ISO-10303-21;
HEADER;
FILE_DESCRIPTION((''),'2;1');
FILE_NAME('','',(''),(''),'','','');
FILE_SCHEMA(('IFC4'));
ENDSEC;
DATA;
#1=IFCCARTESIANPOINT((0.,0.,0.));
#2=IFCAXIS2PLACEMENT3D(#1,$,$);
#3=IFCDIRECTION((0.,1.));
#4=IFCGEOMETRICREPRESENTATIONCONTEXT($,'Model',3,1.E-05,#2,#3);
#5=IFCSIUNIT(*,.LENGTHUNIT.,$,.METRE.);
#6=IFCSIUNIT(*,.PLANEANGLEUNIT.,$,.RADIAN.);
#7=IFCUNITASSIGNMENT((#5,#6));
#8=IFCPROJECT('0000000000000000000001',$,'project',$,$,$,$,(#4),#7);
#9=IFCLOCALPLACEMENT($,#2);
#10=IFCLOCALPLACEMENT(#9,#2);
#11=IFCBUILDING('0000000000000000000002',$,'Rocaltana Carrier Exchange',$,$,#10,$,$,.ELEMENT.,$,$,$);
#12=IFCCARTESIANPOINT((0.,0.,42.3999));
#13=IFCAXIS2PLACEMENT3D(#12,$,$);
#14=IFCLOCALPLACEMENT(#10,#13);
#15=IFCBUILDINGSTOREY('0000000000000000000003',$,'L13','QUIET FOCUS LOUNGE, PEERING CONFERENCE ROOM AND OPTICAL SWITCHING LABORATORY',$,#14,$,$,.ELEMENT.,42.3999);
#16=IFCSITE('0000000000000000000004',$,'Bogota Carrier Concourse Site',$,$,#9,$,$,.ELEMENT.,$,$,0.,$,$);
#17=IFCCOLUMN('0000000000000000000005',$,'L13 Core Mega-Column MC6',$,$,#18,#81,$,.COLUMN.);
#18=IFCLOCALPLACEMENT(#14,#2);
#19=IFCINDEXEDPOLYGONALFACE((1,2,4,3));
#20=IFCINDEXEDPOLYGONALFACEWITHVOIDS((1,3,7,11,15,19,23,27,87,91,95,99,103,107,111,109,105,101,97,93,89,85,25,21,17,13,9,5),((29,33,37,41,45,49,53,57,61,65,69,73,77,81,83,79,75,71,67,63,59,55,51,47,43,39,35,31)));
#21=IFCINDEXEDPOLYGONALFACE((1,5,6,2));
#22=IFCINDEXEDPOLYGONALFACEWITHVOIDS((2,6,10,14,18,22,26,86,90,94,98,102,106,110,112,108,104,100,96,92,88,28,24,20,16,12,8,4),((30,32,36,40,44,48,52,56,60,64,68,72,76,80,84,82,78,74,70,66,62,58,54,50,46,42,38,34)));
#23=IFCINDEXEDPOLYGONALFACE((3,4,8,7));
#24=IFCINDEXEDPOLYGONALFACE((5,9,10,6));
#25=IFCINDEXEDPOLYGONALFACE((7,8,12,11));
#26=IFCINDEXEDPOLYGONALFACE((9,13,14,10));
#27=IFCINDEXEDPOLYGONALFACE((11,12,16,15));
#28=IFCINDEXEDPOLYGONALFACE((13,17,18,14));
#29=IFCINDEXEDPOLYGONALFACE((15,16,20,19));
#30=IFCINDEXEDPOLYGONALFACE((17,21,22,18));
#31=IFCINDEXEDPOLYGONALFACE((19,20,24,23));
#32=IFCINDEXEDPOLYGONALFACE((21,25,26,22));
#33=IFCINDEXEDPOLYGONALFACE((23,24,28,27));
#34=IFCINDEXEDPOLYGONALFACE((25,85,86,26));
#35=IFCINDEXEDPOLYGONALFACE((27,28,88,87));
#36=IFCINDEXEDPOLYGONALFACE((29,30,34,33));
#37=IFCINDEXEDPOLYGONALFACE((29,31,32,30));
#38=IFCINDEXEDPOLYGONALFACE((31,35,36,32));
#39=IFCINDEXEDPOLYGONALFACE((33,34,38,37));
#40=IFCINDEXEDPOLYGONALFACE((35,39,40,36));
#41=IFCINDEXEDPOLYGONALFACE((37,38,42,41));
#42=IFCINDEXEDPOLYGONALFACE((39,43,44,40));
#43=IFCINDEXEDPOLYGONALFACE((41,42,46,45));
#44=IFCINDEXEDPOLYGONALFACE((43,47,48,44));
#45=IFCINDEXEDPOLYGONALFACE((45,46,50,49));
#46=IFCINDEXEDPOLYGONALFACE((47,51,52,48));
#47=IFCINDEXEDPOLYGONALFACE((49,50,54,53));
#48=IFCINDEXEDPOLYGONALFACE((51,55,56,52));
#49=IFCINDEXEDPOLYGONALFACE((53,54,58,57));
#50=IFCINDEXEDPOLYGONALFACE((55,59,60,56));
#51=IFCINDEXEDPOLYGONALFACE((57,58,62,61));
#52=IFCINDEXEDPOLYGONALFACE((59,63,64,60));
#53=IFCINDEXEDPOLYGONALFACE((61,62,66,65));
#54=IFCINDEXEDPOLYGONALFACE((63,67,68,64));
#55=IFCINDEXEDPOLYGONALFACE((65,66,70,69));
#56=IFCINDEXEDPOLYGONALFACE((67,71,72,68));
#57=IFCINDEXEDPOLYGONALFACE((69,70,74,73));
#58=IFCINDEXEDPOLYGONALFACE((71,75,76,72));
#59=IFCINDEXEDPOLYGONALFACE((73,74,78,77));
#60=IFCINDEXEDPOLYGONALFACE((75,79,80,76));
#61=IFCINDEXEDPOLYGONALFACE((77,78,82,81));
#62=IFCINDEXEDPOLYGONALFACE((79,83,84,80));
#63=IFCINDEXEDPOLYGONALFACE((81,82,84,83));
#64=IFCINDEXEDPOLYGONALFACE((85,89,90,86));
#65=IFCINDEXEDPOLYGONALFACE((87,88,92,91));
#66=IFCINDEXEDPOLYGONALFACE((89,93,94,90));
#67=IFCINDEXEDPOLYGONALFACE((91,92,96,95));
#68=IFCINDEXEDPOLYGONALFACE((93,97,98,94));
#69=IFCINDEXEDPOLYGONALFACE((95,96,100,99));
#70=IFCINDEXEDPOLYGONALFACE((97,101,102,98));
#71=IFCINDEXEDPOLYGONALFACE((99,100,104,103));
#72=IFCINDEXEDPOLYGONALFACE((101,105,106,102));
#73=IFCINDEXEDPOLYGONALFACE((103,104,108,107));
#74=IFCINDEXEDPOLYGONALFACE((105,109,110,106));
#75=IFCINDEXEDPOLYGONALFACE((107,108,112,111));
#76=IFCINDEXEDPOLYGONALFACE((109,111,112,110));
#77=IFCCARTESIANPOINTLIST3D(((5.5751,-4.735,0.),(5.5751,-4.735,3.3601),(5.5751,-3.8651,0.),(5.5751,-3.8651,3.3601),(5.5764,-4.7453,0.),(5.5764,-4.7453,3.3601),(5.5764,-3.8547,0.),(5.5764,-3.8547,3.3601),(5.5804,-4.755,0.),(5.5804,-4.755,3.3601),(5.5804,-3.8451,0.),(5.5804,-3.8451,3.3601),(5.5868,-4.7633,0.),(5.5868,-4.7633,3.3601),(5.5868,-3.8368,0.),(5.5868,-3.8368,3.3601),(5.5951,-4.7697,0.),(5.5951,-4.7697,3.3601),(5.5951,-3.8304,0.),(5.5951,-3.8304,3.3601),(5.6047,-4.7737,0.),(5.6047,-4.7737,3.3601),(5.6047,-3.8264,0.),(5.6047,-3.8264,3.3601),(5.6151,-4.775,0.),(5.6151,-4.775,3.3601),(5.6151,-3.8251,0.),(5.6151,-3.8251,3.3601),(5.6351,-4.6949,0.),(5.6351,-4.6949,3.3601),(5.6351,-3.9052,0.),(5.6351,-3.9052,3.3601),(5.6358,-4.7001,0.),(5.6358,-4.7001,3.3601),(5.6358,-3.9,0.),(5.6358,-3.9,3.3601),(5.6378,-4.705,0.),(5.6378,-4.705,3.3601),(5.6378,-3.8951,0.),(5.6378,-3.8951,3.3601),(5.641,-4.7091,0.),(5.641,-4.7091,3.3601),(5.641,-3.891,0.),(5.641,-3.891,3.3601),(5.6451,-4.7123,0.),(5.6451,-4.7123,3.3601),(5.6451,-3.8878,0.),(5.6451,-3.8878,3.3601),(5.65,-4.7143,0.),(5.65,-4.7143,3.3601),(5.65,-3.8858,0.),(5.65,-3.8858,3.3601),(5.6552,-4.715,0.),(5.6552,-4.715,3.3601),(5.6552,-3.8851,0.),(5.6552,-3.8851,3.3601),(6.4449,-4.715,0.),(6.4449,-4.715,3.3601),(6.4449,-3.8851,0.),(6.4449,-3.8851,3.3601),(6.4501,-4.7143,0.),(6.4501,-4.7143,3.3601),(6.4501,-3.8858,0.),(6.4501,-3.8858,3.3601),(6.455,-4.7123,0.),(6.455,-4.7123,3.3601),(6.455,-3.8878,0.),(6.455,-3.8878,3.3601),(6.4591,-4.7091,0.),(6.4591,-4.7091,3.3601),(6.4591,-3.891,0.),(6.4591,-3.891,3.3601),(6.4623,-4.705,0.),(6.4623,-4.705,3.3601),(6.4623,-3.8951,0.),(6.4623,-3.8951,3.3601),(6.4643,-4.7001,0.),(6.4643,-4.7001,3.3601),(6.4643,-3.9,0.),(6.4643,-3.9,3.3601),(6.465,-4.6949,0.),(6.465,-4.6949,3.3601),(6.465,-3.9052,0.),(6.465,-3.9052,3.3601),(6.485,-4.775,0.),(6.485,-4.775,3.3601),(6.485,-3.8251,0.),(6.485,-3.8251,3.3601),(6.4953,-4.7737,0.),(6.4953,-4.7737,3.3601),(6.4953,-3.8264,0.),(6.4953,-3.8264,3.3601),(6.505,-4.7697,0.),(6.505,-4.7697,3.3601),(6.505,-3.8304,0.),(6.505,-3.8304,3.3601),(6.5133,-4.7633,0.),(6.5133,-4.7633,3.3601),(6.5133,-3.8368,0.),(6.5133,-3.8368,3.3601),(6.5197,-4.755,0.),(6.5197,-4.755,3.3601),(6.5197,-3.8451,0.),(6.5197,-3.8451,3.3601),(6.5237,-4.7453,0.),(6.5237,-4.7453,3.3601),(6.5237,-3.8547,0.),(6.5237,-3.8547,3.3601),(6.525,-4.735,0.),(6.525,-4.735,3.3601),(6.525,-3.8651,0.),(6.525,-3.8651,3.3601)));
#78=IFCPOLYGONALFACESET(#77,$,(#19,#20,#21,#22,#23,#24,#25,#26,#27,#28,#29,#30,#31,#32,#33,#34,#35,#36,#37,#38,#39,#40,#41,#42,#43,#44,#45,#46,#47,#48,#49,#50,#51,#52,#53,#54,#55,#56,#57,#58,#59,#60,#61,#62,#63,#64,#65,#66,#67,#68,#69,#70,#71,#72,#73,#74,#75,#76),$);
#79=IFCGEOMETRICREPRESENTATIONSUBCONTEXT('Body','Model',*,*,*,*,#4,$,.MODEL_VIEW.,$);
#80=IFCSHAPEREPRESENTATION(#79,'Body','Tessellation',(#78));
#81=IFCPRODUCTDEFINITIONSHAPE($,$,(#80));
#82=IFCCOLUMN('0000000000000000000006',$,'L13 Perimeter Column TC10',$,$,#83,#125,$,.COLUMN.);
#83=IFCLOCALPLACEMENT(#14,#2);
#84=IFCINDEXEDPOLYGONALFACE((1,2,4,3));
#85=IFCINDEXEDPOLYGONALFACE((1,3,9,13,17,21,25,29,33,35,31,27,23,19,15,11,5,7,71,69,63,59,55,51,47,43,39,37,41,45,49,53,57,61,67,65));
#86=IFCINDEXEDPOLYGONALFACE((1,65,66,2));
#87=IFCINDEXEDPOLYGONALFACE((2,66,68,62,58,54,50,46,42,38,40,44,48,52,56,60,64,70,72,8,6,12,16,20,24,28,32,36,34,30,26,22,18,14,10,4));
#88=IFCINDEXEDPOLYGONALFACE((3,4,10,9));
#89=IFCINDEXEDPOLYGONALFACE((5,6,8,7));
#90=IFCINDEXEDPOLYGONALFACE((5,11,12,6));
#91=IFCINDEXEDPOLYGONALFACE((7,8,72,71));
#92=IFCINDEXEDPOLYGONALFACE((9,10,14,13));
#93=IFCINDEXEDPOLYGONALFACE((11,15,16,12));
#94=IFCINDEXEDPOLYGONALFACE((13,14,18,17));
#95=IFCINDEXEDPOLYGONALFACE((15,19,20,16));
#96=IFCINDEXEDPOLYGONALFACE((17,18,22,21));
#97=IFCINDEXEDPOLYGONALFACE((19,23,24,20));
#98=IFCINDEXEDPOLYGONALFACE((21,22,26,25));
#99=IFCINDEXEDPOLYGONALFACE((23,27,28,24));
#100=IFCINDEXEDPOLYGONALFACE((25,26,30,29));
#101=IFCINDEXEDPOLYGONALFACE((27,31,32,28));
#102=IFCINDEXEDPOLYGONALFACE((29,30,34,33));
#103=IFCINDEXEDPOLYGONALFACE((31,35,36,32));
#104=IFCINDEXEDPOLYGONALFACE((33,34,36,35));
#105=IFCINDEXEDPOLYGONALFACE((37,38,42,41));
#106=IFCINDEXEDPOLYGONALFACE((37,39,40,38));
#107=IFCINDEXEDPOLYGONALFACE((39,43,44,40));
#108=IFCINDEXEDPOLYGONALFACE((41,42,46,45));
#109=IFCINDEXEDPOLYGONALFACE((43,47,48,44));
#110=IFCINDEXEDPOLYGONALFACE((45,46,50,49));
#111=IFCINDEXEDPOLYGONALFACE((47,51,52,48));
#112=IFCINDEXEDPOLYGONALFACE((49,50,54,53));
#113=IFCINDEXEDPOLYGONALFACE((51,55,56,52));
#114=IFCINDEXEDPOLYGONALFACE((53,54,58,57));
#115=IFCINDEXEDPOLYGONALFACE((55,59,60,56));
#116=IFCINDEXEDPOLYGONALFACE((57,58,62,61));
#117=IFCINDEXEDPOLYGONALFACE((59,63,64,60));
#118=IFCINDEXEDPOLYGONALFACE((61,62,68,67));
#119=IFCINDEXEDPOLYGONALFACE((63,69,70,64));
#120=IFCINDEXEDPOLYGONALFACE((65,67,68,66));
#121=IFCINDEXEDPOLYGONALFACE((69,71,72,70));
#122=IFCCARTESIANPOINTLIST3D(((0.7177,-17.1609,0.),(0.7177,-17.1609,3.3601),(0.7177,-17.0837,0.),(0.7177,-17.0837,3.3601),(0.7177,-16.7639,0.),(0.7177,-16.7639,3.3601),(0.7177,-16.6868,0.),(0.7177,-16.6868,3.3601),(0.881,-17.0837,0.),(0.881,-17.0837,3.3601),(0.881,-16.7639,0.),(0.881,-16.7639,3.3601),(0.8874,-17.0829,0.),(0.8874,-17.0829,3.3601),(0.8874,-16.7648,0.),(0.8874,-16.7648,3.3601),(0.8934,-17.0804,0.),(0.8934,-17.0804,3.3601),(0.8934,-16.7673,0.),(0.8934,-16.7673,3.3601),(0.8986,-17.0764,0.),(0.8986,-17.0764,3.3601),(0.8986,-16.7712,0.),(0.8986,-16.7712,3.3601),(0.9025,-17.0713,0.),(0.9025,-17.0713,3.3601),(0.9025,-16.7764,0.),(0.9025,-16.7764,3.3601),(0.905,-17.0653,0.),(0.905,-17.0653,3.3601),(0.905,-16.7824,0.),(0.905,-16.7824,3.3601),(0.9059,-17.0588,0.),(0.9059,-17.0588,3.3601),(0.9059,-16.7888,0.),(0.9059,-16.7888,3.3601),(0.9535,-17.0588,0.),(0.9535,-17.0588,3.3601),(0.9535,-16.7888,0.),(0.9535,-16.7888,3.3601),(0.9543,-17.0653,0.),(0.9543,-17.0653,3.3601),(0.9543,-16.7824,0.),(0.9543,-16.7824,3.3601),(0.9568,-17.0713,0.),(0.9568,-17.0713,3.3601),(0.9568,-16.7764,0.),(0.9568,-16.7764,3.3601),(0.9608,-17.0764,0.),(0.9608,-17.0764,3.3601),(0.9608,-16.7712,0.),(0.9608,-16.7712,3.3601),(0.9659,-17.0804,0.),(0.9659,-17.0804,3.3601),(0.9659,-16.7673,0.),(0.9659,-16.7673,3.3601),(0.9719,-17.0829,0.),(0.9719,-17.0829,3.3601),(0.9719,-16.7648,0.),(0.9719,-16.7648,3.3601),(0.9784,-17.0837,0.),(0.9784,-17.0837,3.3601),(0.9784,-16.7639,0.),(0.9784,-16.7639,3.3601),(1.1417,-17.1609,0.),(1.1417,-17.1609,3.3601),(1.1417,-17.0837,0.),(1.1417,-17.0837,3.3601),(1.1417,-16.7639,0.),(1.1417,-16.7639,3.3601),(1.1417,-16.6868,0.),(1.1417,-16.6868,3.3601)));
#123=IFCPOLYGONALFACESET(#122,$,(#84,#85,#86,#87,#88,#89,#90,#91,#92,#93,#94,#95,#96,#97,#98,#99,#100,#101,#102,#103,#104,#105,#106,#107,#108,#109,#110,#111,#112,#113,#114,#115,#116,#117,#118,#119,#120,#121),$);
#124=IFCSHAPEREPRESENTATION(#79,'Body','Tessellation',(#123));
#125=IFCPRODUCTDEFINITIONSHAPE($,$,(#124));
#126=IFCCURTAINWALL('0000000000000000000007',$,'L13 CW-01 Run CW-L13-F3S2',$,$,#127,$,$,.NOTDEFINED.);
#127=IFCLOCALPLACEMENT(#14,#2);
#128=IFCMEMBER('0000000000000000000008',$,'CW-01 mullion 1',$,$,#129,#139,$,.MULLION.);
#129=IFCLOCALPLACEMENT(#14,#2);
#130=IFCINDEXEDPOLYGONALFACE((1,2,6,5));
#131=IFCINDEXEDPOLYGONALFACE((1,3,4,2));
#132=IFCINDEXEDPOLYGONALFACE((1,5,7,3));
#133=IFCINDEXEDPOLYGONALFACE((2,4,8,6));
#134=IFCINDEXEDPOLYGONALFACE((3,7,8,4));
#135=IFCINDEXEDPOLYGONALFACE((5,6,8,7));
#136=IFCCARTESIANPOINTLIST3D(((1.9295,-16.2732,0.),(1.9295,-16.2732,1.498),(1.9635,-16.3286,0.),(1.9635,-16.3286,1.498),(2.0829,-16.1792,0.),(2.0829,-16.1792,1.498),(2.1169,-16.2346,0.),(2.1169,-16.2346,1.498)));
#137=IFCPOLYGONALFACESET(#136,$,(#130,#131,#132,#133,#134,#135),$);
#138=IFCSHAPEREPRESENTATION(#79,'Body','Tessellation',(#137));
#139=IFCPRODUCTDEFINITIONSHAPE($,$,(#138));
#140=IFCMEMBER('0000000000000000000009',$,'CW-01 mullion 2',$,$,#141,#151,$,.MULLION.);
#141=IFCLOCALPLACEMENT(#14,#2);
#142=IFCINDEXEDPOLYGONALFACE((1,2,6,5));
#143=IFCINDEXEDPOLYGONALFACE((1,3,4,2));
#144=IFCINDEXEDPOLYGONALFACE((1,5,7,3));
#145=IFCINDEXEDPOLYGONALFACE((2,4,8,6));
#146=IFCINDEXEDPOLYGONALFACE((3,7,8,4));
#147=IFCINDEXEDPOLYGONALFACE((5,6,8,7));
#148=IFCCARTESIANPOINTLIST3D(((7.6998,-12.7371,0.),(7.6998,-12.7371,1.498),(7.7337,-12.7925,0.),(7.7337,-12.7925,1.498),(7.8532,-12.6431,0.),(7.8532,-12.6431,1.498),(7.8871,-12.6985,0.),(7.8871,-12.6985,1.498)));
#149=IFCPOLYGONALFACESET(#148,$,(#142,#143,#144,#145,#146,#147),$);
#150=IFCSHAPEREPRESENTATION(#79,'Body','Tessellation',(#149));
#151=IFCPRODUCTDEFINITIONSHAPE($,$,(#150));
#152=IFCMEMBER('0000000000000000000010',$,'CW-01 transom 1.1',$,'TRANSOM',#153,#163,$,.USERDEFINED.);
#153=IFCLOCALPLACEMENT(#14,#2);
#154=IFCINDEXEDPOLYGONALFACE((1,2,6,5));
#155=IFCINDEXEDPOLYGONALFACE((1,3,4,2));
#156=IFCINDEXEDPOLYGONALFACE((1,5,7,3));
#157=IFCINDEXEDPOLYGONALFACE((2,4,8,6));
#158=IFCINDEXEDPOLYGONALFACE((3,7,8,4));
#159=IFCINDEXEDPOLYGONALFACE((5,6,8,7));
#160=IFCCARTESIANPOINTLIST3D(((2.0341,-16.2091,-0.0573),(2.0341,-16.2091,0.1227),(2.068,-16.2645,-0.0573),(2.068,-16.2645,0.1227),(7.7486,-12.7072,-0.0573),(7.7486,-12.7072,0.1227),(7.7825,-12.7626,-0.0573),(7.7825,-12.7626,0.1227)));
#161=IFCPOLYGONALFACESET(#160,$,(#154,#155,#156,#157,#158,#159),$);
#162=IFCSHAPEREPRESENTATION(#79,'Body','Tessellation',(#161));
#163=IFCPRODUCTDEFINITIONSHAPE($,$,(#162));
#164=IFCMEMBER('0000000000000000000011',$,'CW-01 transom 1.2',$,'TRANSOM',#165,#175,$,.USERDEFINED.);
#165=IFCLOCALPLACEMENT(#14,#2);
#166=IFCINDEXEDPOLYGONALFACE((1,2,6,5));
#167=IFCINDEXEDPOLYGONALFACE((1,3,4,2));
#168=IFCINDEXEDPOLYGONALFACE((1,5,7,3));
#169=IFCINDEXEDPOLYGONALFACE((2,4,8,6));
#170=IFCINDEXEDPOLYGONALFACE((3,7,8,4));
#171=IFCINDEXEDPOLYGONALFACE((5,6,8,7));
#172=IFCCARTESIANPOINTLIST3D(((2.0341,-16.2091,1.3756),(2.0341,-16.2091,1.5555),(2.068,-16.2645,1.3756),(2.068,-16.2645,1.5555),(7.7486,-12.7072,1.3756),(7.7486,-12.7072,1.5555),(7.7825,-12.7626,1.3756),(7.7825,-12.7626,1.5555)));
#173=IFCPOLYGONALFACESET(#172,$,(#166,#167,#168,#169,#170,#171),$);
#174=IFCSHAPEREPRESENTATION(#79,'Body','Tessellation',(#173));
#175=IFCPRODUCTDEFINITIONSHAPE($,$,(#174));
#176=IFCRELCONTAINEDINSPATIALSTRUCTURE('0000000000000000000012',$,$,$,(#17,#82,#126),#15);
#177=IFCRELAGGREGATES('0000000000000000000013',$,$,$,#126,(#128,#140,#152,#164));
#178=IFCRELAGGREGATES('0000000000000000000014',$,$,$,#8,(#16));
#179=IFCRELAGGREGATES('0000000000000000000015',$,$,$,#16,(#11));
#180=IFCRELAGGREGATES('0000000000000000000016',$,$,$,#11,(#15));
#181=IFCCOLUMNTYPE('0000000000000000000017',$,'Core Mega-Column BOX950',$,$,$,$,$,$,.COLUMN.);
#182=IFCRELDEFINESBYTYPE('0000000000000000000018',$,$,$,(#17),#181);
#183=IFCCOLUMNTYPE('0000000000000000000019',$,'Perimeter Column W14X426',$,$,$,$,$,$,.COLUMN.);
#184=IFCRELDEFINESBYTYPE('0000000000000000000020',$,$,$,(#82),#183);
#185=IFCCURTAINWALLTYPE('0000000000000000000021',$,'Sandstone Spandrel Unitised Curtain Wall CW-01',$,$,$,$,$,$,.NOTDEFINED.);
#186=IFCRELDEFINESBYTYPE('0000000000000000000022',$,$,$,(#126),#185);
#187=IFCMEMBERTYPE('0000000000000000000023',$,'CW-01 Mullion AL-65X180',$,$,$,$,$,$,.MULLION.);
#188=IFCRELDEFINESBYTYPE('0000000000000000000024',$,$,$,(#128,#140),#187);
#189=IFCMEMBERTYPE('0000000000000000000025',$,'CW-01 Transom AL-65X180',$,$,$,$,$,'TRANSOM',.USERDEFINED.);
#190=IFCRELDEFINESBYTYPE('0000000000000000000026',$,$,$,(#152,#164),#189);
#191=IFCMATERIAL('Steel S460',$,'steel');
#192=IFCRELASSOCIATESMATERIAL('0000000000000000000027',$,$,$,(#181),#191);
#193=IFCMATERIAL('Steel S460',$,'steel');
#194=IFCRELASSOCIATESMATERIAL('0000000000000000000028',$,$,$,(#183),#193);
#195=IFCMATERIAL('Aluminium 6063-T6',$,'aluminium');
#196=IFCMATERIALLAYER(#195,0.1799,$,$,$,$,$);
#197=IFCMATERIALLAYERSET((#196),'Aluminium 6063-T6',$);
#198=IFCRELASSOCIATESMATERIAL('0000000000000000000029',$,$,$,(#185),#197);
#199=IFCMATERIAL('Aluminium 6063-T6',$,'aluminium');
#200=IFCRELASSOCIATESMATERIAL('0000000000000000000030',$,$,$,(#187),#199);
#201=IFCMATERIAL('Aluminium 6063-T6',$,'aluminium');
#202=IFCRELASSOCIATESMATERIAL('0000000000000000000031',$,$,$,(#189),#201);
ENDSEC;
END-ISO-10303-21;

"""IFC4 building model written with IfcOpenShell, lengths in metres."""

from ifc_helpers import new_model, si_unit, direction, frame, origin, origin_2d, place, context, subcontext, project, spatial, rectangle, hollow_rectangle, i_section, extrude, material, layer, layer_set, material_profile, profile_set, type_object, element, aggregate, save


model = new_model("IFC4")

# Units and contexts
model_context = context("Model", 3, precision=1e-05, world=origin(), true_north=direction((0.0, 1.0)))
body_context = subcontext(model_context, "Body", "Model", "MODEL_VIEW")
ifc_project = project(units=[si_unit("LENGTHUNIT", "METRE"), si_unit("PLANEANGLEUNIT", "RADIAN")], contexts=[model_context])

# Site, building, storey
site_placement = place(None, origin())
site = spatial("IfcSite", under=ifc_project, at=site_placement, Name="Bogota Carrier Concourse Site", CompositionType="ELEMENT", RefElevation=0.0)
building_placement = place(site_placement, origin())
building = spatial("IfcBuilding", under=site, at=building_placement, Name="Rocaltana Carrier Exchange", CompositionType="ELEMENT")
storey_placement = place(building_placement, frame((0.0, 0.0, 42.3999)))
storey = spatial("IfcBuildingStorey", under=building, at=storey_placement, Name="L13", Description="QUIET FOCUS LOUNGE, PEERING CONFERENCE ROOM AND OPTICAL SWITCHING LABORATORY", CompositionType="ELEMENT", Elevation=42.3999)

# Columns
ifc_material_1 = material(Name="Steel S460", Category="steel")
ifc_material_profile_1 = material_profile(ifc_material_1, hollow_rectangle(XDim=0.95, YDim=0.95, WallThickness=0.0601, InnerFilletRadius=0.02, OuterFilletRadius=0.04, at=origin_2d()), Name="BOX950X950X60")
ifc_profile_set_1 = profile_set([ifc_material_profile_1], Name="Steel S460")
column_type_1 = type_object("IfcColumnType", Name="Core Mega-Column BOX950", PredefinedType="COLUMN", material=ifc_profile_set_1)
column_1_placement = place(storey_placement, frame((6.05, -4.3, 0.0), z_axis=(0.0, 0.0, 1.0), x_axis=(1.0, 0.0, 0.0)))
element("IfcColumn", 1, at=column_1_placement, inside=storey, type_object=column_type_1, Name="L13 Core Mega-Column MC6", PredefinedType="COLUMN", context=body_context, shape_type="SweptSolid", body=[
    extrude(hollow_rectangle(XDim=0.95, YDim=0.95, WallThickness=0.0601, InnerFilletRadius=0.02, OuterFilletRadius=0.04, at=origin_2d()), origin(), (0.0, 0.0, 1.0), 3.3601),
])
ifc_material_2 = material(Name="Steel S460", Category="steel")
ifc_material_profile_2 = material_profile(ifc_material_2, i_section(OverallWidth=0.4241, OverallDepth=0.4741, WebThickness=0.0476, FlangeThickness=0.0771, FilletRadius=0.0249, at=origin_2d()), Name="W14X426")
ifc_profile_set_2 = profile_set([ifc_material_profile_2], Name="Steel S460")
column_type_2 = type_object("IfcColumnType", Name="Perimeter Column W14X426", PredefinedType="COLUMN", material=ifc_profile_set_2)
column_2_placement = place(storey_placement, frame((0.9297, -16.9238, 0.0), z_axis=(0.0, 0.0, 1.0), x_axis=(1.0, 0.0, 0.0)))
element("IfcColumn", 2, at=column_2_placement, inside=storey, type_object=column_type_2, Name="L13 Perimeter Column TC10", PredefinedType="COLUMN", context=body_context, shape_type="SweptSolid", body=[
    extrude(i_section(OverallWidth=0.4241, OverallDepth=0.4741, WebThickness=0.0476, FlangeThickness=0.0771, FilletRadius=0.0249, at=origin_2d()), origin(), (0.0, 0.0, 1.0), 3.3601),
])

# Curtain wall, members
ifc_material_3 = material(Name="Aluminium 6063-T6", Category="aluminium")
ifc_layer_1 = layer(ifc_material_3, 0.1799)
ifc_layer_set_1 = layer_set([ifc_layer_1], Name="Aluminium 6063-T6")
curtain_wall_type = type_object("IfcCurtainWallType", Name="Sandstone Spandrel Unitised Curtain Wall CW-01", PredefinedType="NOTDEFINED", material=ifc_layer_set_1)
curtain_wall_placement = place(storey_placement, origin())
curtain_wall = element("IfcCurtainWall", 3, at=curtain_wall_placement, inside=storey, type_object=curtain_wall_type, Name="L13 CW-01 Run CW-L13-F3S2", PredefinedType="NOTDEFINED")
ifc_material_4 = material(Name="Aluminium 6063-T6", Category="aluminium")
ifc_material_profile_3 = material_profile(ifc_material_4, rectangle(XDim=0.0649, YDim=0.1799, at=origin_2d()), Name="AL-65X180")
ifc_profile_set_3 = profile_set([ifc_material_profile_3], Name="Aluminium 6063-T6")
member_type_1 = type_object("IfcMemberType", Name="CW-01 Mullion AL-65X180", PredefinedType="MULLION", material=ifc_profile_set_3)
member_1_placement = place(storey_placement, frame((2.0232, -16.2539, 0.0), z_axis=(0.0, 0.0, 1.0), x_axis=(-0.5225, 0.852639, 0.0)))
member_1 = element("IfcMember", 4, at=member_1_placement, type_object=member_type_1, Name="CW-01 mullion 1", PredefinedType="MULLION", context=body_context, shape_type="SweptSolid", body=[
    extrude(rectangle(XDim=0.0649, YDim=0.1799, at=origin_2d()), origin(), (0.0, 0.0, 1.0), 1.498),
])
member_2_placement = place(storey_placement, frame((7.7935, -12.7178, 0.0), z_axis=(0.0, 0.0, 1.0), x_axis=(-0.5225, 0.852639, 0.0)))
member_2 = element("IfcMember", 5, at=member_2_placement, type_object=member_type_1, Name="CW-01 mullion 2", PredefinedType="MULLION", context=body_context, shape_type="SweptSolid", body=[
    extrude(rectangle(XDim=0.0649, YDim=0.1799, at=origin_2d()), origin(), (0.0, 0.0, 1.0), 1.498),
])
ifc_material_5 = material(Name="Aluminium 6063-T6", Category="aluminium")
ifc_material_profile_4 = material_profile(ifc_material_5, rectangle(XDim=0.0649, YDim=0.1799, at=origin_2d()), Name="AL-65X180")
ifc_profile_set_4 = profile_set([ifc_material_profile_4], Name="Aluminium 6063-T6")
member_type_2 = type_object("IfcMemberType", Name="CW-01 Transom AL-65X180", ElementType="TRANSOM", PredefinedType="USERDEFINED", material=ifc_profile_set_4)
member_3_placement = place(storey_placement, frame((2.051, -16.2368, 0.0327), z_axis=(0.852637, 0.522503, 0.0), x_axis=(-0.522503, 0.852637, 0.0)))
member_3 = element("IfcMember", 6, at=member_3_placement, type_object=member_type_2, Name="CW-01 transom 1.1", ObjectType="TRANSOM", PredefinedType="USERDEFINED", context=body_context, shape_type="SweptSolid", body=[
    extrude(rectangle(XDim=0.0649, YDim=0.1799, at=origin_2d()), origin(), (0.0, 0.0, 1.0), 6.7021),
])
member_4_placement = place(storey_placement, frame((2.051, -16.2368, 1.4656), z_axis=(0.852637, 0.522503, 0.0), x_axis=(-0.522503, 0.852637, 0.0)))
member_4 = element("IfcMember", 7, at=member_4_placement, type_object=member_type_2, Name="CW-01 transom 1.2", ObjectType="TRANSOM", PredefinedType="USERDEFINED", context=body_context, shape_type="SweptSolid", body=[
    extrude(rectangle(XDim=0.0649, YDim=0.1799, at=origin_2d()), origin(), (0.0, 0.0, 1.0), 6.7021),
])

aggregate(curtain_wall, [member_1, member_2, member_3, member_4])

save(model, "model.ifc")
